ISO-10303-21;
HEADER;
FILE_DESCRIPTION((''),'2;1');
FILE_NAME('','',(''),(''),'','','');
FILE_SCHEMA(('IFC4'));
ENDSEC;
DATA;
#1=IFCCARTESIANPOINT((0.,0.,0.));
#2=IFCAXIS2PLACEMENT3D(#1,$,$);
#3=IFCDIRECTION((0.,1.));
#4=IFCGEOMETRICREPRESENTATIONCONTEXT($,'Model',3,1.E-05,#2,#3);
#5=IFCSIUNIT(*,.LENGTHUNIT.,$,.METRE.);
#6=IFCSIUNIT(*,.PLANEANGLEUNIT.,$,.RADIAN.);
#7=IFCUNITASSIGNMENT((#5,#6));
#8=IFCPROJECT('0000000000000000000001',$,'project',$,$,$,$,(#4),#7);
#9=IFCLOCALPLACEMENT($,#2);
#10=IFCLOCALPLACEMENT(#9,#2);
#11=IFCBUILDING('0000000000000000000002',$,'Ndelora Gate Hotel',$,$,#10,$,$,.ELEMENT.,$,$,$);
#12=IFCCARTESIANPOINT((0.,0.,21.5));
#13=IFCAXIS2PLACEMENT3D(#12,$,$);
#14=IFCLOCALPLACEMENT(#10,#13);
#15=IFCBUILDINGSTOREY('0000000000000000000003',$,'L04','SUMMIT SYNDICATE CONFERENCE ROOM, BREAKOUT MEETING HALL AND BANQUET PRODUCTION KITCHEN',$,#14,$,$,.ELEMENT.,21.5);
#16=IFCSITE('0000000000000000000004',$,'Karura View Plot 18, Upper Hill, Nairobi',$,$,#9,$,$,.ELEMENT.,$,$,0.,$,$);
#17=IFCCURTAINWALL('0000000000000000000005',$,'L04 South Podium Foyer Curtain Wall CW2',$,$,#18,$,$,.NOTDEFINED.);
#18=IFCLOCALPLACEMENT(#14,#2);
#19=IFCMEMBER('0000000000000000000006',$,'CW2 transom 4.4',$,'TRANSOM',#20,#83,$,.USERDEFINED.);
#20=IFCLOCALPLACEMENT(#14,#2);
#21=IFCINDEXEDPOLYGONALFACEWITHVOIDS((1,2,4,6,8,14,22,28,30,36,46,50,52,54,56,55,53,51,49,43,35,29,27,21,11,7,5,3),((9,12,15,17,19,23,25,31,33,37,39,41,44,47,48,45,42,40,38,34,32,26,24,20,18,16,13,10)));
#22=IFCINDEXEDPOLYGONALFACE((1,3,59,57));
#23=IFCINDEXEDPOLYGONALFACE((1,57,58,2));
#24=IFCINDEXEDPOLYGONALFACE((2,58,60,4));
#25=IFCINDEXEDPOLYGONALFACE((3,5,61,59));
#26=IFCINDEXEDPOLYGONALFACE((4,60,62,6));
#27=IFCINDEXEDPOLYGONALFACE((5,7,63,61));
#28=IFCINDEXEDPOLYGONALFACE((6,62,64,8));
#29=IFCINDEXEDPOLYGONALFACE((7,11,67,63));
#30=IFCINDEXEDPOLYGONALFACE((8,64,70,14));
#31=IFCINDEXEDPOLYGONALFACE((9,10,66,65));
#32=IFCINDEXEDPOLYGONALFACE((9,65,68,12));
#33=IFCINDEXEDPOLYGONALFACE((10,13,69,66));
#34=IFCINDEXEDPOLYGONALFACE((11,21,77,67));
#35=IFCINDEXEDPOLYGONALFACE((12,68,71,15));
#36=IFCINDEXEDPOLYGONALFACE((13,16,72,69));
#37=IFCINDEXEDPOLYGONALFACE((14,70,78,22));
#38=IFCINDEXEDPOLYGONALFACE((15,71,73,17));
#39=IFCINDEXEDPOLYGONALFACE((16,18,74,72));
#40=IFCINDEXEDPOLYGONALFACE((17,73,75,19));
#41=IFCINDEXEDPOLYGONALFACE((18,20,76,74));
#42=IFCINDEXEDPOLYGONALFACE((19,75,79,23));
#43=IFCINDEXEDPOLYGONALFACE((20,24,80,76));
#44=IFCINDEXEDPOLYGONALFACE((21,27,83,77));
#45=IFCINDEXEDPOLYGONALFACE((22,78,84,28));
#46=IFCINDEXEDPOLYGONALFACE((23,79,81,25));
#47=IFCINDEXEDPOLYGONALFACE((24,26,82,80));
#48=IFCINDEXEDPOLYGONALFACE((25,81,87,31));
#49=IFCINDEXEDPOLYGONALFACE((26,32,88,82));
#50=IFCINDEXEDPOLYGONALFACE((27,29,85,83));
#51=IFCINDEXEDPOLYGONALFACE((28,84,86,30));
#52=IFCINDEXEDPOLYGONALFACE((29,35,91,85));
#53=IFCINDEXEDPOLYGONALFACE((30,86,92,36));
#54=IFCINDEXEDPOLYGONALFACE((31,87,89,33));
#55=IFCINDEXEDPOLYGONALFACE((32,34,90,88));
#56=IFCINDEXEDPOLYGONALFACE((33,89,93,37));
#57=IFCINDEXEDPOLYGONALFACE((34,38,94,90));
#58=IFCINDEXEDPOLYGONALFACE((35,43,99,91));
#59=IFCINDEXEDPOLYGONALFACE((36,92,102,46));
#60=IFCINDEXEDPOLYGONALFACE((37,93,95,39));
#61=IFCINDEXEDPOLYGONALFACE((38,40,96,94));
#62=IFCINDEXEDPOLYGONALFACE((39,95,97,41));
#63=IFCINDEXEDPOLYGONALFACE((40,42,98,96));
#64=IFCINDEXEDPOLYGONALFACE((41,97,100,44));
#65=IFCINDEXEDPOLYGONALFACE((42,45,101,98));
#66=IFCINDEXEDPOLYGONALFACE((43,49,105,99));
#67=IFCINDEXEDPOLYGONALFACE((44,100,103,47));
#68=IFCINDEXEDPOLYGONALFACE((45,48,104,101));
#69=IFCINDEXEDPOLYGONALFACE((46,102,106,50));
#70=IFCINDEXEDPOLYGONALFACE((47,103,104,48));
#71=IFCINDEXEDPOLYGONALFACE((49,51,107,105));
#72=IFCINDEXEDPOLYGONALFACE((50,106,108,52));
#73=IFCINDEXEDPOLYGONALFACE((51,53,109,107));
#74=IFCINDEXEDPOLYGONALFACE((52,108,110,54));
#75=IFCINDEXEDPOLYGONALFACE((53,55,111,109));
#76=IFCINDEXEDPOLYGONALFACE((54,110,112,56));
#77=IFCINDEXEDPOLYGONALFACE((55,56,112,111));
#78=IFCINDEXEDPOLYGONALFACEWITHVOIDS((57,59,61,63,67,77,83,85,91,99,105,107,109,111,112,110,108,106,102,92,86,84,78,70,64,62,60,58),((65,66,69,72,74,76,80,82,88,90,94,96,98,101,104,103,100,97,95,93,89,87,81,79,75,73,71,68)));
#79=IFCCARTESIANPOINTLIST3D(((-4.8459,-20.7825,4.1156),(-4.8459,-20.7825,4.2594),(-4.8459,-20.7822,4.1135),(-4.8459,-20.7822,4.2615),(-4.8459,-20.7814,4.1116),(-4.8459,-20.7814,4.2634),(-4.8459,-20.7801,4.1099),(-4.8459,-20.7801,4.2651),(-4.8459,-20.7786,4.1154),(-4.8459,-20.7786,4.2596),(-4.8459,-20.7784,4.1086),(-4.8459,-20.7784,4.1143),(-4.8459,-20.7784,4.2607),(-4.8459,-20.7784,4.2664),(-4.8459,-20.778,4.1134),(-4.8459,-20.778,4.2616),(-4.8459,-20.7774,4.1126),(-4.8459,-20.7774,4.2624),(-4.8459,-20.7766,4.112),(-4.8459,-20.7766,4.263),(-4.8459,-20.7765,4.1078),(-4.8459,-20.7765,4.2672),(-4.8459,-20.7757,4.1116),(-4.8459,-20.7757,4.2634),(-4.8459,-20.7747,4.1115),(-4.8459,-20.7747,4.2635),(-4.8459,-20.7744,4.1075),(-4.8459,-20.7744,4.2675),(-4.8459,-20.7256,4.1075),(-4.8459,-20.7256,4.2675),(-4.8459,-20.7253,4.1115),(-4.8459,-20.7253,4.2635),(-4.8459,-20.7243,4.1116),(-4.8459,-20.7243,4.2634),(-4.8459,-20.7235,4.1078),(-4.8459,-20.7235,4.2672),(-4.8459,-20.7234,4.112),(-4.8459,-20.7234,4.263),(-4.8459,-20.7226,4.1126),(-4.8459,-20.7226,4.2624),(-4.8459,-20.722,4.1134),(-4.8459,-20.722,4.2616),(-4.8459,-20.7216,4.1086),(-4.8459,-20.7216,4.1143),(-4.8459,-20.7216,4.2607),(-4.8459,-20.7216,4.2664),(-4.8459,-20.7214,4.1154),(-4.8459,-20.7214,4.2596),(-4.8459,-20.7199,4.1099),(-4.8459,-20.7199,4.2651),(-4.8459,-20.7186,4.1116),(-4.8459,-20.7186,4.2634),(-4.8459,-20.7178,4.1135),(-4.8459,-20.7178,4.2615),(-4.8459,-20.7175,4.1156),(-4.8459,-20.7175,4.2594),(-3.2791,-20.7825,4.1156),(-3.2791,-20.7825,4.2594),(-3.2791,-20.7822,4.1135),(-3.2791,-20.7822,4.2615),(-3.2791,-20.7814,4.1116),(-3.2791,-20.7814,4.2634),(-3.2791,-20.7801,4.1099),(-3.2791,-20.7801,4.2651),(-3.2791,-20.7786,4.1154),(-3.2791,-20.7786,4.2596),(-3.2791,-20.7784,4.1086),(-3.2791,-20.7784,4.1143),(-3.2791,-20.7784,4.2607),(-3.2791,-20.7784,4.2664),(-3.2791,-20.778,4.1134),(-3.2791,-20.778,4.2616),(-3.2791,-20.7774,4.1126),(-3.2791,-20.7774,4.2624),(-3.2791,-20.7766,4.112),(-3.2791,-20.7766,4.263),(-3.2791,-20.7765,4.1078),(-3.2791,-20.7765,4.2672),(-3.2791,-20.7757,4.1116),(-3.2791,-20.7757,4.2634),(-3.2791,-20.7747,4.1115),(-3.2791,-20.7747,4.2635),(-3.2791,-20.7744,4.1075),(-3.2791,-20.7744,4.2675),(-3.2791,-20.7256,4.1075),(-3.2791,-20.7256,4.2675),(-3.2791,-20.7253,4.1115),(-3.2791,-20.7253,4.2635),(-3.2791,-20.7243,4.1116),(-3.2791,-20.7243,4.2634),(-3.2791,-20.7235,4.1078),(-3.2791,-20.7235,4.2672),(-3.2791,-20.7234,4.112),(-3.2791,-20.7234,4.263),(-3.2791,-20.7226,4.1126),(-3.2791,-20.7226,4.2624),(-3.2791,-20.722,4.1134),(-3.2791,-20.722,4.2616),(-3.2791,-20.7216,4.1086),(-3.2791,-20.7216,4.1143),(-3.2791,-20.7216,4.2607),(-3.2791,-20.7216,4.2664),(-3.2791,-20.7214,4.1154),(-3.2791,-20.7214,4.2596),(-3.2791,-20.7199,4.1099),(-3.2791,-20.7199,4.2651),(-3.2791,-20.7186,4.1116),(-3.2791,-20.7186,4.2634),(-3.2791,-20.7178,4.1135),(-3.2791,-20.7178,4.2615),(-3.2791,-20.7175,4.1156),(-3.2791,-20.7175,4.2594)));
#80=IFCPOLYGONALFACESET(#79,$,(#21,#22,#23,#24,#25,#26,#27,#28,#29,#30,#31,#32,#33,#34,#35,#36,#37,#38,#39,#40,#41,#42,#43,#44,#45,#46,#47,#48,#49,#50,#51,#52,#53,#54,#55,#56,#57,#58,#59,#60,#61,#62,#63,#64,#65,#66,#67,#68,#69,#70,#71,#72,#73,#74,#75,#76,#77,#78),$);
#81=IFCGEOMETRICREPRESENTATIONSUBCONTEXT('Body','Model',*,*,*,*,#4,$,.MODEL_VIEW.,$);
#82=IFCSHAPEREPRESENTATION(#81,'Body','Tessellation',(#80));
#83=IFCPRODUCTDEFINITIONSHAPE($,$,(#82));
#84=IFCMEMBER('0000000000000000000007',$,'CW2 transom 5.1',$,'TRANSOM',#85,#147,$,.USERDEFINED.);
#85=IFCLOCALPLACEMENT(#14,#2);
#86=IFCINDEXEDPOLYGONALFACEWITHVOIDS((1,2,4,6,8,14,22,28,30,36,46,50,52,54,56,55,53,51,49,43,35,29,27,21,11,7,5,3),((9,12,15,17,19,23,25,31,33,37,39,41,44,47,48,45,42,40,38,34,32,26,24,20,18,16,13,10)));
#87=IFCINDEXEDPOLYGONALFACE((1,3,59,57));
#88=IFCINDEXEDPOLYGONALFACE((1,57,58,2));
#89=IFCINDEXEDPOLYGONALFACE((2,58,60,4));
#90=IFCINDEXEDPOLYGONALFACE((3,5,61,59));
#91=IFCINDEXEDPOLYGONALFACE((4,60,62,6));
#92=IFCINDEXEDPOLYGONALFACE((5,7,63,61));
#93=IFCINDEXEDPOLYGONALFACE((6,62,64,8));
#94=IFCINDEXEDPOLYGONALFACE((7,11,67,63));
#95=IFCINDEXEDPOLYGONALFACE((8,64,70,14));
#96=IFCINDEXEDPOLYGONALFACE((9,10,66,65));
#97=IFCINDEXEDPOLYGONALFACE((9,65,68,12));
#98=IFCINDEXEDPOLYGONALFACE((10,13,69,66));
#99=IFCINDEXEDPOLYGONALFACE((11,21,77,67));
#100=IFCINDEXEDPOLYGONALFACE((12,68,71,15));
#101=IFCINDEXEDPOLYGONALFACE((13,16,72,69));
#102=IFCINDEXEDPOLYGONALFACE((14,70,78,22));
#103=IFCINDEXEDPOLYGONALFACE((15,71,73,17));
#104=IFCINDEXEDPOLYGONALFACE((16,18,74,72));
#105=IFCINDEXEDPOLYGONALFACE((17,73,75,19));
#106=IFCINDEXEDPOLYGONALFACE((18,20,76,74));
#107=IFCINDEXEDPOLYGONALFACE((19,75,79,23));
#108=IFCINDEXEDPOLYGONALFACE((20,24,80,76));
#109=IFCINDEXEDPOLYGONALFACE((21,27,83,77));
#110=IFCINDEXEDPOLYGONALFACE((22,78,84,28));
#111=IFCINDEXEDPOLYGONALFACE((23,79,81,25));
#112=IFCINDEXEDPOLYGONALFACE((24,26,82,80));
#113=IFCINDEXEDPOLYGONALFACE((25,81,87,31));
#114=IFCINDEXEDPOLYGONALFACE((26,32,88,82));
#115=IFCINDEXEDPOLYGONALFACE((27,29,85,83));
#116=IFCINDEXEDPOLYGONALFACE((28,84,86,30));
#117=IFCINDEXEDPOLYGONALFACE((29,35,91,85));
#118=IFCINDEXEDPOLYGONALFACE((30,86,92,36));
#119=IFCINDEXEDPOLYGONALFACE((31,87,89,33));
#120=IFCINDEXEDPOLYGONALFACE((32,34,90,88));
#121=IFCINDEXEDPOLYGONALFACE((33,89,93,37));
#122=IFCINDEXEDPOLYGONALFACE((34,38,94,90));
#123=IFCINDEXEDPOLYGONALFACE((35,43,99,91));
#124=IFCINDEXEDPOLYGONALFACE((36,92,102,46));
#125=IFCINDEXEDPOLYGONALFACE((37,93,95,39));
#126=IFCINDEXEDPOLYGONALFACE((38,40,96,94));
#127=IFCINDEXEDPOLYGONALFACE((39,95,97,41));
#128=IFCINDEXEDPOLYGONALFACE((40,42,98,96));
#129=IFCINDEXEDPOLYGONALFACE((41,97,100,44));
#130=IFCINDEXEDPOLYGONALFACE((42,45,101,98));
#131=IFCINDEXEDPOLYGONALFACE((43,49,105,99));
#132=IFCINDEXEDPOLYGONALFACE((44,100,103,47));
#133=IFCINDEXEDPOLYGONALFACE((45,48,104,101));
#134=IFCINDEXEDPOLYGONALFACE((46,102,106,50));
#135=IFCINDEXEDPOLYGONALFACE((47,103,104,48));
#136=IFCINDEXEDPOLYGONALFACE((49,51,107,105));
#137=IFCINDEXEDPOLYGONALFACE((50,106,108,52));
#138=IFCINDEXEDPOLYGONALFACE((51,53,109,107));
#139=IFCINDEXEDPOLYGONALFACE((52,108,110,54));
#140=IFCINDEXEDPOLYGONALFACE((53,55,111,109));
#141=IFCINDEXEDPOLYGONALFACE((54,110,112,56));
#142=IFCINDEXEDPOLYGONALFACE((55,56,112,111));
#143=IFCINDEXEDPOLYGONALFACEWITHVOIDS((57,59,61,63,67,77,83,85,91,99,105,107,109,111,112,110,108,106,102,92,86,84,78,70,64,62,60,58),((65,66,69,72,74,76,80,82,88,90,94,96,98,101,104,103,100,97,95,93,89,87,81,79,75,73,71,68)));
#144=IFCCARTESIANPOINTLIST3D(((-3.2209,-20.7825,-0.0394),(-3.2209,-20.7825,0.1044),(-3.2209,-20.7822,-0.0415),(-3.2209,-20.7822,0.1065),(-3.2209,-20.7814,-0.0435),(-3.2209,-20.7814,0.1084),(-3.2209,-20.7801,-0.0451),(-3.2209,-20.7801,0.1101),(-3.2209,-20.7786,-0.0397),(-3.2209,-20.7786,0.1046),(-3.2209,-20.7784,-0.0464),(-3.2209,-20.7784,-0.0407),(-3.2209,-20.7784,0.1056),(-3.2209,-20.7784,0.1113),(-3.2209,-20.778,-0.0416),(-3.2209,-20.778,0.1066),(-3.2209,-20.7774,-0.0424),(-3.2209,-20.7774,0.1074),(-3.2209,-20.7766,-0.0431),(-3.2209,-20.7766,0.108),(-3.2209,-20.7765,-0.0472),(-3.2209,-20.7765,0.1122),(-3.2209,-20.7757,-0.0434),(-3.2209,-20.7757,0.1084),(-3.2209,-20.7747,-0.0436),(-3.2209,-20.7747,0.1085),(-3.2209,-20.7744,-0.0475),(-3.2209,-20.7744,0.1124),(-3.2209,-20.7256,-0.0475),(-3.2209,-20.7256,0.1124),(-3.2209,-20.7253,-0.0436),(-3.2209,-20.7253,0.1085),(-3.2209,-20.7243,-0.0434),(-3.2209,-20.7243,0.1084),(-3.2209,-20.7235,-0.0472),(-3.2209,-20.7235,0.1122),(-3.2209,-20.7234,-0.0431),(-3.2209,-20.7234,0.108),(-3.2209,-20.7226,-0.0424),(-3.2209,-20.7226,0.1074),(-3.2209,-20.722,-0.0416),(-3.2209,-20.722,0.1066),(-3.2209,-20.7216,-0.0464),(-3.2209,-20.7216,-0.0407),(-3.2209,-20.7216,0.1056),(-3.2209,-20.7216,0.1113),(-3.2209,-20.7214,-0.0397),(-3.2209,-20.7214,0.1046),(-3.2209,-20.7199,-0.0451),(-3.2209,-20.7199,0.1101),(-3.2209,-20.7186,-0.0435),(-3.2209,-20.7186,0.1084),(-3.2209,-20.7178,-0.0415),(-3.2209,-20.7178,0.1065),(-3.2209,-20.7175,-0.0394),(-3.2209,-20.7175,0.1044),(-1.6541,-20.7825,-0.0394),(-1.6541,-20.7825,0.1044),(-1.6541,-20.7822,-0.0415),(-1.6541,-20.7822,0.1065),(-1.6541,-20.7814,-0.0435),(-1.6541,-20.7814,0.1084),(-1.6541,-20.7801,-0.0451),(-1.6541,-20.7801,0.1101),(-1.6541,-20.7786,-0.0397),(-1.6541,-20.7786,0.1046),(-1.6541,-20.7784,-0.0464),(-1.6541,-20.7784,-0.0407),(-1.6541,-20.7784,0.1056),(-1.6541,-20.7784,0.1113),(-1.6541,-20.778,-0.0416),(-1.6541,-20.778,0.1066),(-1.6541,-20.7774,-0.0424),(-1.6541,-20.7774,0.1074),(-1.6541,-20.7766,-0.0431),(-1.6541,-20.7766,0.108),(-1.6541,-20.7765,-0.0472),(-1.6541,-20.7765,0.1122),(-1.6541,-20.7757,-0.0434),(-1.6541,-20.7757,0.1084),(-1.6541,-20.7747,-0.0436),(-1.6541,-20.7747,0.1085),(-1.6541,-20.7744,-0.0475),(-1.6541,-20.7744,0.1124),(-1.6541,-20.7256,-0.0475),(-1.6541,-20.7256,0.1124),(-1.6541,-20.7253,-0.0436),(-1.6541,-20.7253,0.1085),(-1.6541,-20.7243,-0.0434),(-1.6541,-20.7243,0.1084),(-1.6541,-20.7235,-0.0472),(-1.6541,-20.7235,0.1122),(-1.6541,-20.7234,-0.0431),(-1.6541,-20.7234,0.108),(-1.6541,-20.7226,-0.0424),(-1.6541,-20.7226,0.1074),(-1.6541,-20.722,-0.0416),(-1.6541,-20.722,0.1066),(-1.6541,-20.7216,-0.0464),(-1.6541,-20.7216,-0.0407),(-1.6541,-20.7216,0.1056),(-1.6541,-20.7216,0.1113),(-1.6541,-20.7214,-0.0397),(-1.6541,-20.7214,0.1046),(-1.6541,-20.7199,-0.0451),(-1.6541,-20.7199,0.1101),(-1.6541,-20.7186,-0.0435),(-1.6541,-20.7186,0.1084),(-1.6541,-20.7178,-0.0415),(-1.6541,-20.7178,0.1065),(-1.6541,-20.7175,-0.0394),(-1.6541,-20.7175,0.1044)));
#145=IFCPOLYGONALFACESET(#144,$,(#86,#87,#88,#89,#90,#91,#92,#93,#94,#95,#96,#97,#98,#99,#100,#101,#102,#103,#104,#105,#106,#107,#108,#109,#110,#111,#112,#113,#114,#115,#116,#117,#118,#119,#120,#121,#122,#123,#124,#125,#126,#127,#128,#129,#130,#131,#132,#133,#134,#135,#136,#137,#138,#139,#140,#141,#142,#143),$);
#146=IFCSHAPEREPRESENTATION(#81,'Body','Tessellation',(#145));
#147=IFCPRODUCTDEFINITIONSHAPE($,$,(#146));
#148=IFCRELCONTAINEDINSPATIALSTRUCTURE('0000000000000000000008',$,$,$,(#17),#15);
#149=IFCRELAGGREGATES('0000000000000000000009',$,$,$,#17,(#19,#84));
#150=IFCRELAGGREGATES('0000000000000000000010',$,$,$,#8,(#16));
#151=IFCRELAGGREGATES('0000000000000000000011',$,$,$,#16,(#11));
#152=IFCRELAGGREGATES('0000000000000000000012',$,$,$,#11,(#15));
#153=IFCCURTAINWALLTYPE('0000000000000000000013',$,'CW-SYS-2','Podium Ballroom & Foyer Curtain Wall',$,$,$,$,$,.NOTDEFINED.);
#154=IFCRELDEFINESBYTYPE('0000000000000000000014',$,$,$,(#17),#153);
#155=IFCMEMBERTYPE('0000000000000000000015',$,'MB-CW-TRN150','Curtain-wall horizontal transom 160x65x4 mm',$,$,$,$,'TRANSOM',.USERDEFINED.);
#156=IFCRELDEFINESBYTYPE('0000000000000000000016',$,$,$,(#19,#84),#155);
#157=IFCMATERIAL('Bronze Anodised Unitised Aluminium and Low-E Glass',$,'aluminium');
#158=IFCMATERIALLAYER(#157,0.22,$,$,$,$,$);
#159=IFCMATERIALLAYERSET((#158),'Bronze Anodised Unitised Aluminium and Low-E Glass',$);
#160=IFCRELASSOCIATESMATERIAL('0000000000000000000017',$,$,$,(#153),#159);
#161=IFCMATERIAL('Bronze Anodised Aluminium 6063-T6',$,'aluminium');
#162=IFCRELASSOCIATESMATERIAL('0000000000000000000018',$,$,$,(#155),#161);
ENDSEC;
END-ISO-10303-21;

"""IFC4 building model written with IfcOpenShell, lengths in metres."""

from ifc_helpers import new_model, si_unit, direction, frame, origin, origin_2d, place, context, subcontext, project, spatial, hollow_rectangle, extrude, material, layer, layer_set, material_profile, profile_set, type_object, element, aggregate, save


model = new_model("IFC4")

# Units and contexts
model_context = context("Model", 3, precision=1e-05, world=origin(), true_north=direction((0.0, 1.0)))
body_context = subcontext(model_context, "Body", "Model", "MODEL_VIEW")
ifc_project = project(units=[si_unit("LENGTHUNIT", "METRE"), si_unit("PLANEANGLEUNIT", "RADIAN")], contexts=[model_context])

# Site, building, storey
site_placement = place(None, origin())
site = spatial("IfcSite", under=ifc_project, at=site_placement, Name="Karura View Plot 18, Upper Hill, Nairobi", CompositionType="ELEMENT", RefElevation=0.0)
building_placement = place(site_placement, origin())
building = spatial("IfcBuilding", under=site, at=building_placement, Name="Ndelora Gate Hotel", CompositionType="ELEMENT")
storey_placement = place(building_placement, frame((0.0, 0.0, 21.5)))
storey = spatial("IfcBuildingStorey", under=building, at=storey_placement, Name="L04", Description="SUMMIT SYNDICATE CONFERENCE ROOM, BREAKOUT MEETING HALL AND BANQUET PRODUCTION KITCHEN", CompositionType="ELEMENT", Elevation=21.5)

# Curtain wall, members
ifc_material_1 = material(Name="Bronze Anodised Unitised Aluminium and Low-E Glass", Category="aluminium")
ifc_layer_1 = layer(ifc_material_1, 0.22)
ifc_layer_set_1 = layer_set([ifc_layer_1], Name="Bronze Anodised Unitised Aluminium and Low-E Glass")
curtain_wall_type = type_object("IfcCurtainWallType", Name="CW-SYS-2", Description="Podium Ballroom & Foyer Curtain Wall", PredefinedType="NOTDEFINED", material=ifc_layer_set_1)
curtain_wall_placement = place(storey_placement, origin())
curtain_wall = element("IfcCurtainWall", 1, at=curtain_wall_placement, inside=storey, type_object=curtain_wall_type, Name="L04 South Podium Foyer Curtain Wall CW2", PredefinedType="NOTDEFINED")
ifc_material_2 = material(Name="Bronze Anodised Aluminium 6063-T6", Category="aluminium")
ifc_material_profile_1 = material_profile(ifc_material_2, hollow_rectangle(XDim=0.0649, YDim=0.1599, WallThickness=0.0039, InnerFilletRadius=0.0039, OuterFilletRadius=0.0081, at=origin_2d()), Name="ALU 160x65x4")
ifc_profile_set_1 = profile_set([ifc_material_profile_1], Name="Bronze Anodised Aluminium 6063-T6")
member_type_1 = type_object("IfcMemberType", Name="MB-CW-TRN150", Description="Curtain-wall horizontal transom 160x65x4 mm", ElementType="TRANSOM", PredefinedType="USERDEFINED", material=ifc_profile_set_1)
member_1_placement = place(storey_placement, frame((-4.8459, -20.75, 4.1875), z_axis=(1.0, 0.0, 0.0), x_axis=(0.0, 1.0, 0.0)))
member_1 = element("IfcMember", 2, at=member_1_placement, type_object=member_type_1, Name="CW2 transom 4.4", ObjectType="TRANSOM", PredefinedType="USERDEFINED", context=body_context, shape_type="SweptSolid", body=[
    extrude(hollow_rectangle(XDim=0.0649, YDim=0.1599, WallThickness=0.0039, InnerFilletRadius=0.0039, OuterFilletRadius=0.0081, at=origin_2d()), origin(), (0.0, 0.0, 1.0), 1.5669),
])
member_2_placement = place(storey_placement, frame((-3.2209, -20.75, 0.0325), z_axis=(1.0, 0.0, 0.0), x_axis=(0.0, 1.0, 0.0)))
member_2 = element("IfcMember", 3, at=member_2_placement, type_object=member_type_1, Name="CW2 transom 5.1", ObjectType="TRANSOM", PredefinedType="USERDEFINED", context=body_context, shape_type="SweptSolid", body=[
    extrude(hollow_rectangle(XDim=0.0649, YDim=0.1599, WallThickness=0.0039, InnerFilletRadius=0.0039, OuterFilletRadius=0.0081, at=origin_2d()), origin(), (0.0, 0.0, 1.0), 1.5669),
])
aggregate(curtain_wall, [member_1, member_2])

save(model, "model.ifc")
